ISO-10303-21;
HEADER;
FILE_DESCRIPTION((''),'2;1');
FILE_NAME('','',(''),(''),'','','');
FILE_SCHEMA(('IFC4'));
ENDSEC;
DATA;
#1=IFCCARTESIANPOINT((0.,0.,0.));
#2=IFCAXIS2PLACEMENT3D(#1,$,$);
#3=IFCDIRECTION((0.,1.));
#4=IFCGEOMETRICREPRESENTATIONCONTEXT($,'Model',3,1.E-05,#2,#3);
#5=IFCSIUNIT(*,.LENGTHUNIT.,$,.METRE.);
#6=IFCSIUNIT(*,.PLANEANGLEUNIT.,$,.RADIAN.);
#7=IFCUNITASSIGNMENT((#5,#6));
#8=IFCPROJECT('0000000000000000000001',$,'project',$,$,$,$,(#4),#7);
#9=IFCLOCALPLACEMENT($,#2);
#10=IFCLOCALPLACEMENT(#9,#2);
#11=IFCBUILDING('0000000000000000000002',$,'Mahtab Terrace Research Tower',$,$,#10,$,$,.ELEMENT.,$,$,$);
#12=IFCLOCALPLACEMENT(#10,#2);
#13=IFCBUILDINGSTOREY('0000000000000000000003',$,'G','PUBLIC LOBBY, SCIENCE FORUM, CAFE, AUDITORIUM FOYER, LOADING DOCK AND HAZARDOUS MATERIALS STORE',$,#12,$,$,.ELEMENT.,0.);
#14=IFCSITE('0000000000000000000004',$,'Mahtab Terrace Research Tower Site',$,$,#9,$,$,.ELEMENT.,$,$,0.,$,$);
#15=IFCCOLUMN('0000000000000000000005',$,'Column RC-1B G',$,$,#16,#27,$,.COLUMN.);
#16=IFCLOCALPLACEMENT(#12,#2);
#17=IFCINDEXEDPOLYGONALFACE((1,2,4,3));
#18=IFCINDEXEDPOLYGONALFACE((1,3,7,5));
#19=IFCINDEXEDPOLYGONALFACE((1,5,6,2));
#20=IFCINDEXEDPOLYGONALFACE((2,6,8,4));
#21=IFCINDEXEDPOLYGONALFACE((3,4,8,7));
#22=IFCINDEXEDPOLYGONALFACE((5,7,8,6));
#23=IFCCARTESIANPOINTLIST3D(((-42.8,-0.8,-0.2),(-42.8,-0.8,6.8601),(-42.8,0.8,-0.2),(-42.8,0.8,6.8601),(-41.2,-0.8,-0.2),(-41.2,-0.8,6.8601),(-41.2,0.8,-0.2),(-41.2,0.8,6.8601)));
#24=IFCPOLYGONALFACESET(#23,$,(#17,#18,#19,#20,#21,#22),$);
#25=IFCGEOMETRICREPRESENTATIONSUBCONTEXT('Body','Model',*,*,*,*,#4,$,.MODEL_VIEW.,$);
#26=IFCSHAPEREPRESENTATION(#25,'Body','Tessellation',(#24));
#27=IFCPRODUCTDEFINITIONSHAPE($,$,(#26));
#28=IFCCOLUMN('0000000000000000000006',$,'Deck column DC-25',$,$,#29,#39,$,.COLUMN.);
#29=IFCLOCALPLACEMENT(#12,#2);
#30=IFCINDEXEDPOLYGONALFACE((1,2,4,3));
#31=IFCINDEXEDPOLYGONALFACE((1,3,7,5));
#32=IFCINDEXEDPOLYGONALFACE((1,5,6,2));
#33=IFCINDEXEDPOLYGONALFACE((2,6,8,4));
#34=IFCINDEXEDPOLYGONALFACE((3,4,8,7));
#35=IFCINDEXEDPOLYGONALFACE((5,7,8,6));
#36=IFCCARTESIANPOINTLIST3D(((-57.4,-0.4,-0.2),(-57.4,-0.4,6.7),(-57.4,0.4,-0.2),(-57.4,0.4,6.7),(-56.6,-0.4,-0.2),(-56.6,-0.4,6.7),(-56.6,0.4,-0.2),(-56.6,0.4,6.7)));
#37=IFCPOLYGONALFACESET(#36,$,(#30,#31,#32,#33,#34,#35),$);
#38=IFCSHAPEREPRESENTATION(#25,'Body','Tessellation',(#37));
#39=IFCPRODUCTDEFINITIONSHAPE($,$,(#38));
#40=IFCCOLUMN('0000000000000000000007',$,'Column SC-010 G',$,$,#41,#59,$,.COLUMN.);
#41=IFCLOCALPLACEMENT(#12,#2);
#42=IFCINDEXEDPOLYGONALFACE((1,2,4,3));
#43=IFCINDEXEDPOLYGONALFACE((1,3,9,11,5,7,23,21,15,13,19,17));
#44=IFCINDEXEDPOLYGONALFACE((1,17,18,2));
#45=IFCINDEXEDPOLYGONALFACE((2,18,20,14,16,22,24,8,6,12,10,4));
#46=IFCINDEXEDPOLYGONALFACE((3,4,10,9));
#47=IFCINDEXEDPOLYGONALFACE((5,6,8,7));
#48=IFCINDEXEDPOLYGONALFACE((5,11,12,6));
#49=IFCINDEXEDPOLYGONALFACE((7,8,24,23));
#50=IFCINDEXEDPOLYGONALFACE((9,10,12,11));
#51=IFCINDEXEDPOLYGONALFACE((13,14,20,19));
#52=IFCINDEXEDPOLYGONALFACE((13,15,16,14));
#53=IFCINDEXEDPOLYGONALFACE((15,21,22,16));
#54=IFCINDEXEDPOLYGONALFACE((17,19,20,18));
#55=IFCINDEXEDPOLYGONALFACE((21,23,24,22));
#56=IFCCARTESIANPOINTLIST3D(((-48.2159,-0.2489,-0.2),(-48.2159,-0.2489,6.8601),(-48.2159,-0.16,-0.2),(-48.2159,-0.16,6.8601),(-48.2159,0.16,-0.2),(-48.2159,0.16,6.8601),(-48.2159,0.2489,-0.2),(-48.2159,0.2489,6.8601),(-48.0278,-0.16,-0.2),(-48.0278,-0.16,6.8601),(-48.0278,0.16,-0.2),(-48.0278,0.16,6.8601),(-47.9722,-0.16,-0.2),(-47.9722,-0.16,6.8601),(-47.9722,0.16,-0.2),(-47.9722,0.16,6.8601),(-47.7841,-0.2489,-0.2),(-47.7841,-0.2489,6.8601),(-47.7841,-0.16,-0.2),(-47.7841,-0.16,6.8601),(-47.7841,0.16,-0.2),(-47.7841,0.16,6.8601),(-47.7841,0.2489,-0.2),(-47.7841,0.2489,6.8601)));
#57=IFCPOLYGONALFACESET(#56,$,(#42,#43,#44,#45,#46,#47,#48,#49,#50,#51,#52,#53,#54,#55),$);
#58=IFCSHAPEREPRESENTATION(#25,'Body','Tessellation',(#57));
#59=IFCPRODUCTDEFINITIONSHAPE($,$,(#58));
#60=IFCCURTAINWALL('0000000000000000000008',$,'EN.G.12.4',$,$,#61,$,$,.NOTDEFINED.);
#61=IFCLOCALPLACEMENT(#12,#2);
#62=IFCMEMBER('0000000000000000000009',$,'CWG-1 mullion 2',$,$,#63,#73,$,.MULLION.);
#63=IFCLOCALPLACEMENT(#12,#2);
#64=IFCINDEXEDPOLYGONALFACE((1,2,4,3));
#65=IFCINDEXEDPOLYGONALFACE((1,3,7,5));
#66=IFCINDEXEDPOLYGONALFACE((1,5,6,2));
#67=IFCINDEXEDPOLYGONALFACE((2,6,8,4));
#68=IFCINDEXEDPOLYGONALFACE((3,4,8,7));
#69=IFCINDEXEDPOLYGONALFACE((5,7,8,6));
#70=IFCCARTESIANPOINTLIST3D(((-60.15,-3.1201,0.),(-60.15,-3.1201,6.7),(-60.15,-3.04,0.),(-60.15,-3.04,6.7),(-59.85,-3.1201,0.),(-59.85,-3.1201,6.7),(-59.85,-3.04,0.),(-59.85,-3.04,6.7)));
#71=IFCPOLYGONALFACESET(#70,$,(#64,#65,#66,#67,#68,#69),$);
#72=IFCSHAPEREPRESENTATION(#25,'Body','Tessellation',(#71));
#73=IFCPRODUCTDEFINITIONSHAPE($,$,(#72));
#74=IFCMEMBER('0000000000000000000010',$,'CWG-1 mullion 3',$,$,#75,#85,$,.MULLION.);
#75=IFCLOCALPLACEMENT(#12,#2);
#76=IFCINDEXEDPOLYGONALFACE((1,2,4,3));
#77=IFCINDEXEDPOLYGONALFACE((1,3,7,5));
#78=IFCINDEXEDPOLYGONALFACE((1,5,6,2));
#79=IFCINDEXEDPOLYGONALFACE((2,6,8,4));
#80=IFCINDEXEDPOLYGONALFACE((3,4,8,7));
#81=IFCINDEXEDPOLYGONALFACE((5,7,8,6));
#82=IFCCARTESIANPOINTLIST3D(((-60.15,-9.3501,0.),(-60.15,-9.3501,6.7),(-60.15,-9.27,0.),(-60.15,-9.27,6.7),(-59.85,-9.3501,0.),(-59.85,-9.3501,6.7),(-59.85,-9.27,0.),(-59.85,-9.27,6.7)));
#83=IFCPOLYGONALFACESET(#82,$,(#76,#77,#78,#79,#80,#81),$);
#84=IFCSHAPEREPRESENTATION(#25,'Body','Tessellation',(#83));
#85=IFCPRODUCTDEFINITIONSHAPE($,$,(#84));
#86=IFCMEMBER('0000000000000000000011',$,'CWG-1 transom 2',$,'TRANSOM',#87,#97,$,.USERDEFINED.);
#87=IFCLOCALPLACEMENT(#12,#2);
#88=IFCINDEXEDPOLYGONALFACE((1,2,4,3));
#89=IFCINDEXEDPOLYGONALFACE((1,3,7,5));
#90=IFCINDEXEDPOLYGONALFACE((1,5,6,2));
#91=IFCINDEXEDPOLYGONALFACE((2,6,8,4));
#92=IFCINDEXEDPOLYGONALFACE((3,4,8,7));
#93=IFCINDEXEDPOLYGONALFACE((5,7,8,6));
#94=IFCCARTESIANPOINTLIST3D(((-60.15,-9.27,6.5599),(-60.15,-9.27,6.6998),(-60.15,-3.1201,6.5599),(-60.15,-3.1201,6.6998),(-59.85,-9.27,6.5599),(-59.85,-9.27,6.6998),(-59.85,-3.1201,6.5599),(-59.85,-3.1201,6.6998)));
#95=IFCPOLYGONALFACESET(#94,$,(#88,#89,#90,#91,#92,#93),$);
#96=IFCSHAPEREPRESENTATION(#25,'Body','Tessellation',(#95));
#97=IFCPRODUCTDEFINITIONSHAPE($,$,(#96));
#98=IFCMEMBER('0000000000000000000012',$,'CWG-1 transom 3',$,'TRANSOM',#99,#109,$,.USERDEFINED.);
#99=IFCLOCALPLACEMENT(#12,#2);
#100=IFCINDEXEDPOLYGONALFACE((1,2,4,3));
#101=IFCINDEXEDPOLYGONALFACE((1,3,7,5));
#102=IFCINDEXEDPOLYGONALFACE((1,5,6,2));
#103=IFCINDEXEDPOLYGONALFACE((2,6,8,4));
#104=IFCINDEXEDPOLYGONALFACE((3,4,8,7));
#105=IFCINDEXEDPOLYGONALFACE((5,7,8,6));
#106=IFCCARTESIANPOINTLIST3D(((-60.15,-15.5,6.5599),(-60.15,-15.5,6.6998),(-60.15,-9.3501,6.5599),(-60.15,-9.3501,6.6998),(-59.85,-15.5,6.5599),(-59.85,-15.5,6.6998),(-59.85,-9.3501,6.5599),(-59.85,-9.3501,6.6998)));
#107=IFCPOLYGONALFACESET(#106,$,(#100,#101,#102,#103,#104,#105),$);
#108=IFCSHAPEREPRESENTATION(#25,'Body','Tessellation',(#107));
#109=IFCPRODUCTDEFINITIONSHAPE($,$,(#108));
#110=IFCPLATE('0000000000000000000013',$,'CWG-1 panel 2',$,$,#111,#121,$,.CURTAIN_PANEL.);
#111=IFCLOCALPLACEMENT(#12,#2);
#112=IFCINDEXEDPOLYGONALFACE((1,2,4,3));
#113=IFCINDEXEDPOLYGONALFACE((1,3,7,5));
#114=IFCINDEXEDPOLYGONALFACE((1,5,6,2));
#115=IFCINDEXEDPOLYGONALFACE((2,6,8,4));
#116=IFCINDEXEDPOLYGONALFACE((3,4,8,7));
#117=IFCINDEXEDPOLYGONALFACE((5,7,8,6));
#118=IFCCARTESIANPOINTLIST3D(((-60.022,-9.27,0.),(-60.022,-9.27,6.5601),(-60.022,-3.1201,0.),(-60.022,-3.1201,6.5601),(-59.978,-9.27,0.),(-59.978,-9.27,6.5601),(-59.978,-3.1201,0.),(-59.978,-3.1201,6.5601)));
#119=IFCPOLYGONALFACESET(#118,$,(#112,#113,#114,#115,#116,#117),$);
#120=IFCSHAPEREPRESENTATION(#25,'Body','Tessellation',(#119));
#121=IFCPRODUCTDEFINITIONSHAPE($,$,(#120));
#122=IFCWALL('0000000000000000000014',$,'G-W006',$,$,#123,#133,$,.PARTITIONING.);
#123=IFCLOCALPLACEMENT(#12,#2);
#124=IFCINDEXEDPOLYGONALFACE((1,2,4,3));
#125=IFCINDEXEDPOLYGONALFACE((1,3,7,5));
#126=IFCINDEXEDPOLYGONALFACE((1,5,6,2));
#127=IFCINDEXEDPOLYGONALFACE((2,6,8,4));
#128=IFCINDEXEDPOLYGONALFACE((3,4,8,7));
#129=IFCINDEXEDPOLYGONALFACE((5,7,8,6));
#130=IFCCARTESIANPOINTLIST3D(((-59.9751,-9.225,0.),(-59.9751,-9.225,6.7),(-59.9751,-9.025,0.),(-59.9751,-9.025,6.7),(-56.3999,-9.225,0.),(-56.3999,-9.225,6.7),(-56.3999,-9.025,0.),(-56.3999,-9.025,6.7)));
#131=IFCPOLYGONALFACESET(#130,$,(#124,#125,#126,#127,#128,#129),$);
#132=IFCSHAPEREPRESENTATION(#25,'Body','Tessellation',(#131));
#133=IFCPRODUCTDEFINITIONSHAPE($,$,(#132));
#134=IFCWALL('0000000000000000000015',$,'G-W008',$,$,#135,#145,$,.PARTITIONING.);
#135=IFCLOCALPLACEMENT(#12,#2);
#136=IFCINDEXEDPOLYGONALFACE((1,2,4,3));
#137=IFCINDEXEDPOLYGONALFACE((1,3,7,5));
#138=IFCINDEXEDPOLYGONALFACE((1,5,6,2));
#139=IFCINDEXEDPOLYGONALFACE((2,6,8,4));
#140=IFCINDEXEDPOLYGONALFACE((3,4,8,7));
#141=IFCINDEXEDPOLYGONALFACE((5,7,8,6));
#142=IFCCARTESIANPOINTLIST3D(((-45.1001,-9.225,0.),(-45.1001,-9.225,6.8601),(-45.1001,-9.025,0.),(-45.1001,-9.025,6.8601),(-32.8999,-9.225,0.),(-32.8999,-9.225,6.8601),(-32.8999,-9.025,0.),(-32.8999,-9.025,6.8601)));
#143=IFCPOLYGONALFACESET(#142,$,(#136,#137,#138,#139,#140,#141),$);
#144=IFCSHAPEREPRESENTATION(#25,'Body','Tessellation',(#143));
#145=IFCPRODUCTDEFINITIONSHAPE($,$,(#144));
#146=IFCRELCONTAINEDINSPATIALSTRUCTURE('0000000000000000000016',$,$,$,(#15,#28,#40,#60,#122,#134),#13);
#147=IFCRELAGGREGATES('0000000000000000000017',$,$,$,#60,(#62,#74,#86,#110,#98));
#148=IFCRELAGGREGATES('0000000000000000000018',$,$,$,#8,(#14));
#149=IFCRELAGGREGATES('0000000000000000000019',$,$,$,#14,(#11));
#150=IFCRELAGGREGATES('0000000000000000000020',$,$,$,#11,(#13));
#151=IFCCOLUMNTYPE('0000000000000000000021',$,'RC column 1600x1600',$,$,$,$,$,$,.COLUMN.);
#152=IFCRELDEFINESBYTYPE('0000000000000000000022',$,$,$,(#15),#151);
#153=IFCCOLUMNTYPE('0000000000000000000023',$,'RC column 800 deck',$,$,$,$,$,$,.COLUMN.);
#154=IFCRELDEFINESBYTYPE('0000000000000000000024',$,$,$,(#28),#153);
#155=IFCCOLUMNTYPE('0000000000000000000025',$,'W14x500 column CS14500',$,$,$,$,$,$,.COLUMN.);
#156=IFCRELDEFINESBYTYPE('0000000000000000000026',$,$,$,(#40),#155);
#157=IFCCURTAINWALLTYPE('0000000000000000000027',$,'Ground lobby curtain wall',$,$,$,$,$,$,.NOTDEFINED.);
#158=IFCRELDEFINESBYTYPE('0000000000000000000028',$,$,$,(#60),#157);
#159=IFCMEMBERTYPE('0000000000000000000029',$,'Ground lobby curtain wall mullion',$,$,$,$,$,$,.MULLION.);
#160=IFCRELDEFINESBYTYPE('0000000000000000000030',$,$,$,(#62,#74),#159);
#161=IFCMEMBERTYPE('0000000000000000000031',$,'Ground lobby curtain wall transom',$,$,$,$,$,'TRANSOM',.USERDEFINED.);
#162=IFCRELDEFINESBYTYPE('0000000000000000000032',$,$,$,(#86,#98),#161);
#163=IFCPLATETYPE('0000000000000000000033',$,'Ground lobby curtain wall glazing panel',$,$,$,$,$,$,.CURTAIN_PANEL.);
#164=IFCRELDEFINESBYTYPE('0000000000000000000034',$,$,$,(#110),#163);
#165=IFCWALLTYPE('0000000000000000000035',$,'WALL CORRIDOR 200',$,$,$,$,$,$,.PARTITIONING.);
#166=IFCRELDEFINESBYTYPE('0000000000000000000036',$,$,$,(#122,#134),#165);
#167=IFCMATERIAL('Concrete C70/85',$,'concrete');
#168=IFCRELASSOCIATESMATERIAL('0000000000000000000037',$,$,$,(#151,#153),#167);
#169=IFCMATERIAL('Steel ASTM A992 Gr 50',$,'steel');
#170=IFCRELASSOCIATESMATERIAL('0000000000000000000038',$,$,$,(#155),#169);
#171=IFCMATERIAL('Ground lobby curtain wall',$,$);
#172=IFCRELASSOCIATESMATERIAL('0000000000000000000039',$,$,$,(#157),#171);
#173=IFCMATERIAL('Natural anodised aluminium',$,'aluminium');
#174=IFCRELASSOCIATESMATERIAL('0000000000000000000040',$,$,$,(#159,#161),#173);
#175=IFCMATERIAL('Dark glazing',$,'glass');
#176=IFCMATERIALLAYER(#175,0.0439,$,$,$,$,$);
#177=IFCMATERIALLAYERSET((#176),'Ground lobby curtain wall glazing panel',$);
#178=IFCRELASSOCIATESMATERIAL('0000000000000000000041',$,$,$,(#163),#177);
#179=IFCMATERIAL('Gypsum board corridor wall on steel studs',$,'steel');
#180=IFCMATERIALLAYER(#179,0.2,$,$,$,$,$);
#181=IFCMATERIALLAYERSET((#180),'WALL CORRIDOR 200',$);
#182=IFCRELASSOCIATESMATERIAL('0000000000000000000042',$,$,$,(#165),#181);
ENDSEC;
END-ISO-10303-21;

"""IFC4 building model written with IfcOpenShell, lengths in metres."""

from ifc_helpers import new_model, si_unit, direction, frame, frame_2d, origin, origin_2d, place, context, subcontext, project, spatial, rectangle, i_section, extrude, material, layer, layer_set, material_profile, profile_set, type_object, element, aggregate, save


model = new_model("IFC4")

# Units and contexts
model_context = context("Model", 3, precision=1e-05, world=origin(), true_north=direction((0.0, 1.0)))
body_context = subcontext(model_context, "Body", "Model", "MODEL_VIEW")
ifc_project = project(units=[si_unit("LENGTHUNIT", "METRE"), si_unit("PLANEANGLEUNIT", "RADIAN")], contexts=[model_context])

# Site, building, storey
site_placement = place(None, origin())
site = spatial("IfcSite", under=ifc_project, at=site_placement, Name="Mahtab Terrace Research Tower Site", CompositionType="ELEMENT", RefElevation=0.0)
building_placement = place(site_placement, origin())
building = spatial("IfcBuilding", under=site, at=building_placement, Name="Mahtab Terrace Research Tower", CompositionType="ELEMENT")
storey_placement = place(building_placement, origin())
storey = spatial("IfcBuildingStorey", under=building, at=storey_placement, Name="G", Description="PUBLIC LOBBY, SCIENCE FORUM, CAFE, AUDITORIUM FOYER, LOADING DOCK AND HAZARDOUS MATERIALS STORE", CompositionType="ELEMENT", Elevation=0.0)

# Columns
ifc_material_1 = material(Name="Concrete C70/85", Category="concrete")
ifc_material_profile_1 = material_profile(ifc_material_1, rectangle(XDim=1.6001, YDim=1.6001, at=origin_2d()), Name="RC column 1600x1600")
ifc_profile_set_1 = profile_set([ifc_material_profile_1], Name="Concrete C70/85")
column_type_1 = type_object("IfcColumnType", Name="RC column 1600x1600", PredefinedType="COLUMN", material=ifc_profile_set_1)
column_1_placement = place(storey_placement, frame((-42.0, 0.0, -0.2), z_axis=(0.0, 0.0, 1.0), x_axis=(1.0, 0.0, 0.0)))
element("IfcColumn", 1, at=column_1_placement, inside=storey, type_object=column_type_1, Name="Column RC-1B G", PredefinedType="COLUMN", context=body_context, shape_type="SweptSolid", body=[
    extrude(rectangle(XDim=1.6001, YDim=1.6001, at=origin_2d()), origin(), (0.0, 0.0, 1.0), 7.0601),
])
ifc_material_profile_2 = material_profile(ifc_material_1, rectangle(XDim=0.8, YDim=0.8, at=origin_2d()), Name="RC column 800 deck")
ifc_profile_set_2 = profile_set([ifc_material_profile_2], Name="Concrete C70/85")
column_type_2 = type_object("IfcColumnType", Name="RC column 800 deck", PredefinedType="COLUMN", material=ifc_profile_set_2)
column_2_placement = place(storey_placement, frame((-57.0, 0.0, -0.2), z_axis=(0.0, 0.0, 1.0), x_axis=(1.0, 0.0, 0.0)))
element("IfcColumn", 2, at=column_2_placement, inside=storey, type_object=column_type_2, Name="Deck column DC-25", PredefinedType="COLUMN", context=body_context, shape_type="SweptSolid", body=[
    extrude(rectangle(XDim=0.8, YDim=0.8, at=origin_2d()), origin(), (0.0, 0.0, 1.0), 6.8999),
])
ifc_material_2 = material(Name="Steel ASTM A992 Gr 50", Category="steel")
ifc_material_profile_3 = material_profile(ifc_material_2, i_section(OverallWidth=0.4319, OverallDepth=0.4978, WebThickness=0.0557, FlangeThickness=0.0889, at=origin_2d()), Name="W14X500")
ifc_profile_set_3 = profile_set([ifc_material_profile_3], Name="Steel ASTM A992 Gr 50")
column_type_3 = type_object("IfcColumnType", Name="W14x500 column CS14500", PredefinedType="COLUMN", material=ifc_profile_set_3)
column_3_placement = place(storey_placement, frame((-48.0, 0.0, -0.2), z_axis=(0.0, 0.0, 1.0), x_axis=(1.0, 0.0, 0.0)))
element("IfcColumn", 3, at=column_3_placement, inside=storey, type_object=column_type_3, Name="Column SC-010 G", PredefinedType="COLUMN", context=body_context, shape_type="SweptSolid", body=[
    extrude(i_section(OverallWidth=0.4319, OverallDepth=0.4978, WebThickness=0.0557, FlangeThickness=0.0889, at=origin_2d()), origin(), (0.0, 0.0, 1.0), 7.0601),
])

# Curtain wall, members, plate
ifc_material_3 = material(Name="Ground lobby curtain wall")
curtain_wall_type = type_object("IfcCurtainWallType", Name="Ground lobby curtain wall", PredefinedType="NOTDEFINED", material=ifc_material_3)
curtain_wall_placement = place(storey_placement, origin())
curtain_wall = element("IfcCurtainWall", 4, at=curtain_wall_placement, inside=storey, type_object=curtain_wall_type, Name="EN.G.12.4", PredefinedType="NOTDEFINED")
ifc_material_4 = material(Name="Natural anodised aluminium", Category="aluminium")
ifc_material_profile_4 = material_profile(ifc_material_4, rectangle(XDim=0.3, YDim=0.0801, at=origin_2d()), Name="MULLION 80x300")
ifc_profile_set_4 = profile_set([ifc_material_profile_4], Name="Natural anodised aluminium")
member_type_1 = type_object("IfcMemberType", Name="Ground lobby curtain wall mullion", PredefinedType="MULLION", material=ifc_profile_set_4)
member_1_placement = place(storey_placement, frame((-60.0, -3.0801, 0.0), z_axis=(0.0, 0.0, 1.0), x_axis=(1.0, 0.0, 0.0)))
member_1 = element("IfcMember", 5, at=member_1_placement, type_object=member_type_1, Name="CWG-1 mullion 2", PredefinedType="MULLION", context=body_context, shape_type="SweptSolid", body=[
    extrude(rectangle(XDim=0.3, YDim=0.0801, at=origin_2d()), origin(), (0.0, 0.0, 1.0), 6.7),
])
member_2_placement = place(storey_placement, frame((-60.0, -9.3101, 0.0), z_axis=(0.0, 0.0, 1.0), x_axis=(1.0, 0.0, 0.0)))
member_2 = element("IfcMember", 6, at=member_2_placement, type_object=member_type_1, Name="CWG-1 mullion 3", PredefinedType="MULLION", context=body_context, shape_type="SweptSolid", body=[
    extrude(rectangle(XDim=0.3, YDim=0.0801, at=origin_2d()), origin(), (0.0, 0.0, 1.0), 6.7),
])
ifc_material_profile_5 = material_profile(ifc_material_4, rectangle(XDim=0.3, YDim=0.1399, at=origin_2d()), Name="TRANSOM 140x300")
ifc_profile_set_5 = profile_set([ifc_material_profile_5], Name="Natural anodised aluminium")
member_type_2 = type_object("IfcMemberType", Name="Ground lobby curtain wall transom", ElementType="TRANSOM", PredefinedType="USERDEFINED", material=ifc_profile_set_5)
member_3_placement = place(storey_placement, frame((-60.0, -3.1201, 6.6299), z_axis=(0.0, -1.0, 0.0), x_axis=(1.0, 0.0, 0.0)))
member_3 = element("IfcMember", 7, at=member_3_placement, type_object=member_type_2, Name="CWG-1 transom 2", ObjectType="TRANSOM", PredefinedType="USERDEFINED", context=body_context, shape_type="SweptSolid", body=[
    extrude(rectangle(XDim=0.3, YDim=0.1399, at=origin_2d()), origin(), (0.0, 0.0, 1.0), 6.1499),
])
member_4_placement = place(storey_placement, frame((-60.0, -9.3501, 6.6299), z_axis=(0.0, -1.0, 0.0), x_axis=(1.0, 0.0, 0.0)))
member_4 = element("IfcMember", 8, at=member_4_placement, type_object=member_type_2, Name="CWG-1 transom 3", ObjectType="TRANSOM", PredefinedType="USERDEFINED", context=body_context, shape_type="SweptSolid", body=[
    extrude(rectangle(XDim=0.3, YDim=0.1399, at=origin_2d()), origin(), (0.0, 0.0, 1.0), 6.1499),
])
ifc_material_5 = material(Name="Dark glazing", Category="glass")
ifc_layer_1 = layer(ifc_material_5, 0.0439)
ifc_layer_set_1 = layer_set([ifc_layer_1], Name="Ground lobby curtain wall glazing panel")
plate_type = type_object("IfcPlateType", Name="Ground lobby curtain wall glazing panel", PredefinedType="CURTAIN_PANEL", material=ifc_layer_set_1)
plate_placement = place(storey_placement, frame((-60.0, -6.1951, 0.0), z_axis=(0.0, 0.0, 1.0), x_axis=(0.0, -1.0, 0.0)))
plate = element("IfcPlate", 9, at=plate_placement, type_object=plate_type, Name="CWG-1 panel 2", PredefinedType="CURTAIN_PANEL", context=body_context, shape_type="SweptSolid", body=[
    extrude(rectangle(XDim=6.1499, YDim=0.0439, at=origin_2d()), origin(), (0.0, 0.0, 1.0), 6.5601),
])
aggregate(curtain_wall, [member_1, member_2, member_3, plate, member_4])

# Walls
ifc_material_6 = material(Name="Gypsum board corridor wall on steel studs", Category="steel")
ifc_layer_2 = layer(ifc_material_6, 0.2)
ifc_layer_set_2 = layer_set([ifc_layer_2], Name="WALL CORRIDOR 200")
wall_type_1 = type_object("IfcWallType", Name="WALL CORRIDOR 200", PredefinedType="PARTITIONING", material=ifc_layer_set_2)
wall_1_placement = place(storey_placement, frame((-59.9751, -9.125, 0.0), z_axis=(0.0, 0.0, 1.0), x_axis=(1.0, 0.0, 0.0)))
element("IfcWall", 10, at=wall_1_placement, inside=storey, type_object=wall_type_1, Name="G-W006", PredefinedType="PARTITIONING", context=body_context, shape_type="SweptSolid", body=[
    extrude(rectangle(XDim=3.5752, YDim=0.2, at=frame_2d((1.7876, 0.0))), origin(), (0.0, 0.0, 1.0), 6.7),
])
wall_2_placement = place(storey_placement, frame((-45.1001, -9.125, 0.0), z_axis=(0.0, 0.0, 1.0), x_axis=(1.0, 0.0, 0.0)))
element("IfcWall", 11, at=wall_2_placement, inside=storey, type_object=wall_type_1, Name="G-W008", PredefinedType="PARTITIONING", context=body_context, shape_type="SweptSolid", body=[
    extrude(rectangle(XDim=12.2002, YDim=0.2, at=frame_2d((6.1001, 0.0))), origin(), (0.0, 0.0, 1.0), 6.8601),
])

save(model, "model.ifc")
